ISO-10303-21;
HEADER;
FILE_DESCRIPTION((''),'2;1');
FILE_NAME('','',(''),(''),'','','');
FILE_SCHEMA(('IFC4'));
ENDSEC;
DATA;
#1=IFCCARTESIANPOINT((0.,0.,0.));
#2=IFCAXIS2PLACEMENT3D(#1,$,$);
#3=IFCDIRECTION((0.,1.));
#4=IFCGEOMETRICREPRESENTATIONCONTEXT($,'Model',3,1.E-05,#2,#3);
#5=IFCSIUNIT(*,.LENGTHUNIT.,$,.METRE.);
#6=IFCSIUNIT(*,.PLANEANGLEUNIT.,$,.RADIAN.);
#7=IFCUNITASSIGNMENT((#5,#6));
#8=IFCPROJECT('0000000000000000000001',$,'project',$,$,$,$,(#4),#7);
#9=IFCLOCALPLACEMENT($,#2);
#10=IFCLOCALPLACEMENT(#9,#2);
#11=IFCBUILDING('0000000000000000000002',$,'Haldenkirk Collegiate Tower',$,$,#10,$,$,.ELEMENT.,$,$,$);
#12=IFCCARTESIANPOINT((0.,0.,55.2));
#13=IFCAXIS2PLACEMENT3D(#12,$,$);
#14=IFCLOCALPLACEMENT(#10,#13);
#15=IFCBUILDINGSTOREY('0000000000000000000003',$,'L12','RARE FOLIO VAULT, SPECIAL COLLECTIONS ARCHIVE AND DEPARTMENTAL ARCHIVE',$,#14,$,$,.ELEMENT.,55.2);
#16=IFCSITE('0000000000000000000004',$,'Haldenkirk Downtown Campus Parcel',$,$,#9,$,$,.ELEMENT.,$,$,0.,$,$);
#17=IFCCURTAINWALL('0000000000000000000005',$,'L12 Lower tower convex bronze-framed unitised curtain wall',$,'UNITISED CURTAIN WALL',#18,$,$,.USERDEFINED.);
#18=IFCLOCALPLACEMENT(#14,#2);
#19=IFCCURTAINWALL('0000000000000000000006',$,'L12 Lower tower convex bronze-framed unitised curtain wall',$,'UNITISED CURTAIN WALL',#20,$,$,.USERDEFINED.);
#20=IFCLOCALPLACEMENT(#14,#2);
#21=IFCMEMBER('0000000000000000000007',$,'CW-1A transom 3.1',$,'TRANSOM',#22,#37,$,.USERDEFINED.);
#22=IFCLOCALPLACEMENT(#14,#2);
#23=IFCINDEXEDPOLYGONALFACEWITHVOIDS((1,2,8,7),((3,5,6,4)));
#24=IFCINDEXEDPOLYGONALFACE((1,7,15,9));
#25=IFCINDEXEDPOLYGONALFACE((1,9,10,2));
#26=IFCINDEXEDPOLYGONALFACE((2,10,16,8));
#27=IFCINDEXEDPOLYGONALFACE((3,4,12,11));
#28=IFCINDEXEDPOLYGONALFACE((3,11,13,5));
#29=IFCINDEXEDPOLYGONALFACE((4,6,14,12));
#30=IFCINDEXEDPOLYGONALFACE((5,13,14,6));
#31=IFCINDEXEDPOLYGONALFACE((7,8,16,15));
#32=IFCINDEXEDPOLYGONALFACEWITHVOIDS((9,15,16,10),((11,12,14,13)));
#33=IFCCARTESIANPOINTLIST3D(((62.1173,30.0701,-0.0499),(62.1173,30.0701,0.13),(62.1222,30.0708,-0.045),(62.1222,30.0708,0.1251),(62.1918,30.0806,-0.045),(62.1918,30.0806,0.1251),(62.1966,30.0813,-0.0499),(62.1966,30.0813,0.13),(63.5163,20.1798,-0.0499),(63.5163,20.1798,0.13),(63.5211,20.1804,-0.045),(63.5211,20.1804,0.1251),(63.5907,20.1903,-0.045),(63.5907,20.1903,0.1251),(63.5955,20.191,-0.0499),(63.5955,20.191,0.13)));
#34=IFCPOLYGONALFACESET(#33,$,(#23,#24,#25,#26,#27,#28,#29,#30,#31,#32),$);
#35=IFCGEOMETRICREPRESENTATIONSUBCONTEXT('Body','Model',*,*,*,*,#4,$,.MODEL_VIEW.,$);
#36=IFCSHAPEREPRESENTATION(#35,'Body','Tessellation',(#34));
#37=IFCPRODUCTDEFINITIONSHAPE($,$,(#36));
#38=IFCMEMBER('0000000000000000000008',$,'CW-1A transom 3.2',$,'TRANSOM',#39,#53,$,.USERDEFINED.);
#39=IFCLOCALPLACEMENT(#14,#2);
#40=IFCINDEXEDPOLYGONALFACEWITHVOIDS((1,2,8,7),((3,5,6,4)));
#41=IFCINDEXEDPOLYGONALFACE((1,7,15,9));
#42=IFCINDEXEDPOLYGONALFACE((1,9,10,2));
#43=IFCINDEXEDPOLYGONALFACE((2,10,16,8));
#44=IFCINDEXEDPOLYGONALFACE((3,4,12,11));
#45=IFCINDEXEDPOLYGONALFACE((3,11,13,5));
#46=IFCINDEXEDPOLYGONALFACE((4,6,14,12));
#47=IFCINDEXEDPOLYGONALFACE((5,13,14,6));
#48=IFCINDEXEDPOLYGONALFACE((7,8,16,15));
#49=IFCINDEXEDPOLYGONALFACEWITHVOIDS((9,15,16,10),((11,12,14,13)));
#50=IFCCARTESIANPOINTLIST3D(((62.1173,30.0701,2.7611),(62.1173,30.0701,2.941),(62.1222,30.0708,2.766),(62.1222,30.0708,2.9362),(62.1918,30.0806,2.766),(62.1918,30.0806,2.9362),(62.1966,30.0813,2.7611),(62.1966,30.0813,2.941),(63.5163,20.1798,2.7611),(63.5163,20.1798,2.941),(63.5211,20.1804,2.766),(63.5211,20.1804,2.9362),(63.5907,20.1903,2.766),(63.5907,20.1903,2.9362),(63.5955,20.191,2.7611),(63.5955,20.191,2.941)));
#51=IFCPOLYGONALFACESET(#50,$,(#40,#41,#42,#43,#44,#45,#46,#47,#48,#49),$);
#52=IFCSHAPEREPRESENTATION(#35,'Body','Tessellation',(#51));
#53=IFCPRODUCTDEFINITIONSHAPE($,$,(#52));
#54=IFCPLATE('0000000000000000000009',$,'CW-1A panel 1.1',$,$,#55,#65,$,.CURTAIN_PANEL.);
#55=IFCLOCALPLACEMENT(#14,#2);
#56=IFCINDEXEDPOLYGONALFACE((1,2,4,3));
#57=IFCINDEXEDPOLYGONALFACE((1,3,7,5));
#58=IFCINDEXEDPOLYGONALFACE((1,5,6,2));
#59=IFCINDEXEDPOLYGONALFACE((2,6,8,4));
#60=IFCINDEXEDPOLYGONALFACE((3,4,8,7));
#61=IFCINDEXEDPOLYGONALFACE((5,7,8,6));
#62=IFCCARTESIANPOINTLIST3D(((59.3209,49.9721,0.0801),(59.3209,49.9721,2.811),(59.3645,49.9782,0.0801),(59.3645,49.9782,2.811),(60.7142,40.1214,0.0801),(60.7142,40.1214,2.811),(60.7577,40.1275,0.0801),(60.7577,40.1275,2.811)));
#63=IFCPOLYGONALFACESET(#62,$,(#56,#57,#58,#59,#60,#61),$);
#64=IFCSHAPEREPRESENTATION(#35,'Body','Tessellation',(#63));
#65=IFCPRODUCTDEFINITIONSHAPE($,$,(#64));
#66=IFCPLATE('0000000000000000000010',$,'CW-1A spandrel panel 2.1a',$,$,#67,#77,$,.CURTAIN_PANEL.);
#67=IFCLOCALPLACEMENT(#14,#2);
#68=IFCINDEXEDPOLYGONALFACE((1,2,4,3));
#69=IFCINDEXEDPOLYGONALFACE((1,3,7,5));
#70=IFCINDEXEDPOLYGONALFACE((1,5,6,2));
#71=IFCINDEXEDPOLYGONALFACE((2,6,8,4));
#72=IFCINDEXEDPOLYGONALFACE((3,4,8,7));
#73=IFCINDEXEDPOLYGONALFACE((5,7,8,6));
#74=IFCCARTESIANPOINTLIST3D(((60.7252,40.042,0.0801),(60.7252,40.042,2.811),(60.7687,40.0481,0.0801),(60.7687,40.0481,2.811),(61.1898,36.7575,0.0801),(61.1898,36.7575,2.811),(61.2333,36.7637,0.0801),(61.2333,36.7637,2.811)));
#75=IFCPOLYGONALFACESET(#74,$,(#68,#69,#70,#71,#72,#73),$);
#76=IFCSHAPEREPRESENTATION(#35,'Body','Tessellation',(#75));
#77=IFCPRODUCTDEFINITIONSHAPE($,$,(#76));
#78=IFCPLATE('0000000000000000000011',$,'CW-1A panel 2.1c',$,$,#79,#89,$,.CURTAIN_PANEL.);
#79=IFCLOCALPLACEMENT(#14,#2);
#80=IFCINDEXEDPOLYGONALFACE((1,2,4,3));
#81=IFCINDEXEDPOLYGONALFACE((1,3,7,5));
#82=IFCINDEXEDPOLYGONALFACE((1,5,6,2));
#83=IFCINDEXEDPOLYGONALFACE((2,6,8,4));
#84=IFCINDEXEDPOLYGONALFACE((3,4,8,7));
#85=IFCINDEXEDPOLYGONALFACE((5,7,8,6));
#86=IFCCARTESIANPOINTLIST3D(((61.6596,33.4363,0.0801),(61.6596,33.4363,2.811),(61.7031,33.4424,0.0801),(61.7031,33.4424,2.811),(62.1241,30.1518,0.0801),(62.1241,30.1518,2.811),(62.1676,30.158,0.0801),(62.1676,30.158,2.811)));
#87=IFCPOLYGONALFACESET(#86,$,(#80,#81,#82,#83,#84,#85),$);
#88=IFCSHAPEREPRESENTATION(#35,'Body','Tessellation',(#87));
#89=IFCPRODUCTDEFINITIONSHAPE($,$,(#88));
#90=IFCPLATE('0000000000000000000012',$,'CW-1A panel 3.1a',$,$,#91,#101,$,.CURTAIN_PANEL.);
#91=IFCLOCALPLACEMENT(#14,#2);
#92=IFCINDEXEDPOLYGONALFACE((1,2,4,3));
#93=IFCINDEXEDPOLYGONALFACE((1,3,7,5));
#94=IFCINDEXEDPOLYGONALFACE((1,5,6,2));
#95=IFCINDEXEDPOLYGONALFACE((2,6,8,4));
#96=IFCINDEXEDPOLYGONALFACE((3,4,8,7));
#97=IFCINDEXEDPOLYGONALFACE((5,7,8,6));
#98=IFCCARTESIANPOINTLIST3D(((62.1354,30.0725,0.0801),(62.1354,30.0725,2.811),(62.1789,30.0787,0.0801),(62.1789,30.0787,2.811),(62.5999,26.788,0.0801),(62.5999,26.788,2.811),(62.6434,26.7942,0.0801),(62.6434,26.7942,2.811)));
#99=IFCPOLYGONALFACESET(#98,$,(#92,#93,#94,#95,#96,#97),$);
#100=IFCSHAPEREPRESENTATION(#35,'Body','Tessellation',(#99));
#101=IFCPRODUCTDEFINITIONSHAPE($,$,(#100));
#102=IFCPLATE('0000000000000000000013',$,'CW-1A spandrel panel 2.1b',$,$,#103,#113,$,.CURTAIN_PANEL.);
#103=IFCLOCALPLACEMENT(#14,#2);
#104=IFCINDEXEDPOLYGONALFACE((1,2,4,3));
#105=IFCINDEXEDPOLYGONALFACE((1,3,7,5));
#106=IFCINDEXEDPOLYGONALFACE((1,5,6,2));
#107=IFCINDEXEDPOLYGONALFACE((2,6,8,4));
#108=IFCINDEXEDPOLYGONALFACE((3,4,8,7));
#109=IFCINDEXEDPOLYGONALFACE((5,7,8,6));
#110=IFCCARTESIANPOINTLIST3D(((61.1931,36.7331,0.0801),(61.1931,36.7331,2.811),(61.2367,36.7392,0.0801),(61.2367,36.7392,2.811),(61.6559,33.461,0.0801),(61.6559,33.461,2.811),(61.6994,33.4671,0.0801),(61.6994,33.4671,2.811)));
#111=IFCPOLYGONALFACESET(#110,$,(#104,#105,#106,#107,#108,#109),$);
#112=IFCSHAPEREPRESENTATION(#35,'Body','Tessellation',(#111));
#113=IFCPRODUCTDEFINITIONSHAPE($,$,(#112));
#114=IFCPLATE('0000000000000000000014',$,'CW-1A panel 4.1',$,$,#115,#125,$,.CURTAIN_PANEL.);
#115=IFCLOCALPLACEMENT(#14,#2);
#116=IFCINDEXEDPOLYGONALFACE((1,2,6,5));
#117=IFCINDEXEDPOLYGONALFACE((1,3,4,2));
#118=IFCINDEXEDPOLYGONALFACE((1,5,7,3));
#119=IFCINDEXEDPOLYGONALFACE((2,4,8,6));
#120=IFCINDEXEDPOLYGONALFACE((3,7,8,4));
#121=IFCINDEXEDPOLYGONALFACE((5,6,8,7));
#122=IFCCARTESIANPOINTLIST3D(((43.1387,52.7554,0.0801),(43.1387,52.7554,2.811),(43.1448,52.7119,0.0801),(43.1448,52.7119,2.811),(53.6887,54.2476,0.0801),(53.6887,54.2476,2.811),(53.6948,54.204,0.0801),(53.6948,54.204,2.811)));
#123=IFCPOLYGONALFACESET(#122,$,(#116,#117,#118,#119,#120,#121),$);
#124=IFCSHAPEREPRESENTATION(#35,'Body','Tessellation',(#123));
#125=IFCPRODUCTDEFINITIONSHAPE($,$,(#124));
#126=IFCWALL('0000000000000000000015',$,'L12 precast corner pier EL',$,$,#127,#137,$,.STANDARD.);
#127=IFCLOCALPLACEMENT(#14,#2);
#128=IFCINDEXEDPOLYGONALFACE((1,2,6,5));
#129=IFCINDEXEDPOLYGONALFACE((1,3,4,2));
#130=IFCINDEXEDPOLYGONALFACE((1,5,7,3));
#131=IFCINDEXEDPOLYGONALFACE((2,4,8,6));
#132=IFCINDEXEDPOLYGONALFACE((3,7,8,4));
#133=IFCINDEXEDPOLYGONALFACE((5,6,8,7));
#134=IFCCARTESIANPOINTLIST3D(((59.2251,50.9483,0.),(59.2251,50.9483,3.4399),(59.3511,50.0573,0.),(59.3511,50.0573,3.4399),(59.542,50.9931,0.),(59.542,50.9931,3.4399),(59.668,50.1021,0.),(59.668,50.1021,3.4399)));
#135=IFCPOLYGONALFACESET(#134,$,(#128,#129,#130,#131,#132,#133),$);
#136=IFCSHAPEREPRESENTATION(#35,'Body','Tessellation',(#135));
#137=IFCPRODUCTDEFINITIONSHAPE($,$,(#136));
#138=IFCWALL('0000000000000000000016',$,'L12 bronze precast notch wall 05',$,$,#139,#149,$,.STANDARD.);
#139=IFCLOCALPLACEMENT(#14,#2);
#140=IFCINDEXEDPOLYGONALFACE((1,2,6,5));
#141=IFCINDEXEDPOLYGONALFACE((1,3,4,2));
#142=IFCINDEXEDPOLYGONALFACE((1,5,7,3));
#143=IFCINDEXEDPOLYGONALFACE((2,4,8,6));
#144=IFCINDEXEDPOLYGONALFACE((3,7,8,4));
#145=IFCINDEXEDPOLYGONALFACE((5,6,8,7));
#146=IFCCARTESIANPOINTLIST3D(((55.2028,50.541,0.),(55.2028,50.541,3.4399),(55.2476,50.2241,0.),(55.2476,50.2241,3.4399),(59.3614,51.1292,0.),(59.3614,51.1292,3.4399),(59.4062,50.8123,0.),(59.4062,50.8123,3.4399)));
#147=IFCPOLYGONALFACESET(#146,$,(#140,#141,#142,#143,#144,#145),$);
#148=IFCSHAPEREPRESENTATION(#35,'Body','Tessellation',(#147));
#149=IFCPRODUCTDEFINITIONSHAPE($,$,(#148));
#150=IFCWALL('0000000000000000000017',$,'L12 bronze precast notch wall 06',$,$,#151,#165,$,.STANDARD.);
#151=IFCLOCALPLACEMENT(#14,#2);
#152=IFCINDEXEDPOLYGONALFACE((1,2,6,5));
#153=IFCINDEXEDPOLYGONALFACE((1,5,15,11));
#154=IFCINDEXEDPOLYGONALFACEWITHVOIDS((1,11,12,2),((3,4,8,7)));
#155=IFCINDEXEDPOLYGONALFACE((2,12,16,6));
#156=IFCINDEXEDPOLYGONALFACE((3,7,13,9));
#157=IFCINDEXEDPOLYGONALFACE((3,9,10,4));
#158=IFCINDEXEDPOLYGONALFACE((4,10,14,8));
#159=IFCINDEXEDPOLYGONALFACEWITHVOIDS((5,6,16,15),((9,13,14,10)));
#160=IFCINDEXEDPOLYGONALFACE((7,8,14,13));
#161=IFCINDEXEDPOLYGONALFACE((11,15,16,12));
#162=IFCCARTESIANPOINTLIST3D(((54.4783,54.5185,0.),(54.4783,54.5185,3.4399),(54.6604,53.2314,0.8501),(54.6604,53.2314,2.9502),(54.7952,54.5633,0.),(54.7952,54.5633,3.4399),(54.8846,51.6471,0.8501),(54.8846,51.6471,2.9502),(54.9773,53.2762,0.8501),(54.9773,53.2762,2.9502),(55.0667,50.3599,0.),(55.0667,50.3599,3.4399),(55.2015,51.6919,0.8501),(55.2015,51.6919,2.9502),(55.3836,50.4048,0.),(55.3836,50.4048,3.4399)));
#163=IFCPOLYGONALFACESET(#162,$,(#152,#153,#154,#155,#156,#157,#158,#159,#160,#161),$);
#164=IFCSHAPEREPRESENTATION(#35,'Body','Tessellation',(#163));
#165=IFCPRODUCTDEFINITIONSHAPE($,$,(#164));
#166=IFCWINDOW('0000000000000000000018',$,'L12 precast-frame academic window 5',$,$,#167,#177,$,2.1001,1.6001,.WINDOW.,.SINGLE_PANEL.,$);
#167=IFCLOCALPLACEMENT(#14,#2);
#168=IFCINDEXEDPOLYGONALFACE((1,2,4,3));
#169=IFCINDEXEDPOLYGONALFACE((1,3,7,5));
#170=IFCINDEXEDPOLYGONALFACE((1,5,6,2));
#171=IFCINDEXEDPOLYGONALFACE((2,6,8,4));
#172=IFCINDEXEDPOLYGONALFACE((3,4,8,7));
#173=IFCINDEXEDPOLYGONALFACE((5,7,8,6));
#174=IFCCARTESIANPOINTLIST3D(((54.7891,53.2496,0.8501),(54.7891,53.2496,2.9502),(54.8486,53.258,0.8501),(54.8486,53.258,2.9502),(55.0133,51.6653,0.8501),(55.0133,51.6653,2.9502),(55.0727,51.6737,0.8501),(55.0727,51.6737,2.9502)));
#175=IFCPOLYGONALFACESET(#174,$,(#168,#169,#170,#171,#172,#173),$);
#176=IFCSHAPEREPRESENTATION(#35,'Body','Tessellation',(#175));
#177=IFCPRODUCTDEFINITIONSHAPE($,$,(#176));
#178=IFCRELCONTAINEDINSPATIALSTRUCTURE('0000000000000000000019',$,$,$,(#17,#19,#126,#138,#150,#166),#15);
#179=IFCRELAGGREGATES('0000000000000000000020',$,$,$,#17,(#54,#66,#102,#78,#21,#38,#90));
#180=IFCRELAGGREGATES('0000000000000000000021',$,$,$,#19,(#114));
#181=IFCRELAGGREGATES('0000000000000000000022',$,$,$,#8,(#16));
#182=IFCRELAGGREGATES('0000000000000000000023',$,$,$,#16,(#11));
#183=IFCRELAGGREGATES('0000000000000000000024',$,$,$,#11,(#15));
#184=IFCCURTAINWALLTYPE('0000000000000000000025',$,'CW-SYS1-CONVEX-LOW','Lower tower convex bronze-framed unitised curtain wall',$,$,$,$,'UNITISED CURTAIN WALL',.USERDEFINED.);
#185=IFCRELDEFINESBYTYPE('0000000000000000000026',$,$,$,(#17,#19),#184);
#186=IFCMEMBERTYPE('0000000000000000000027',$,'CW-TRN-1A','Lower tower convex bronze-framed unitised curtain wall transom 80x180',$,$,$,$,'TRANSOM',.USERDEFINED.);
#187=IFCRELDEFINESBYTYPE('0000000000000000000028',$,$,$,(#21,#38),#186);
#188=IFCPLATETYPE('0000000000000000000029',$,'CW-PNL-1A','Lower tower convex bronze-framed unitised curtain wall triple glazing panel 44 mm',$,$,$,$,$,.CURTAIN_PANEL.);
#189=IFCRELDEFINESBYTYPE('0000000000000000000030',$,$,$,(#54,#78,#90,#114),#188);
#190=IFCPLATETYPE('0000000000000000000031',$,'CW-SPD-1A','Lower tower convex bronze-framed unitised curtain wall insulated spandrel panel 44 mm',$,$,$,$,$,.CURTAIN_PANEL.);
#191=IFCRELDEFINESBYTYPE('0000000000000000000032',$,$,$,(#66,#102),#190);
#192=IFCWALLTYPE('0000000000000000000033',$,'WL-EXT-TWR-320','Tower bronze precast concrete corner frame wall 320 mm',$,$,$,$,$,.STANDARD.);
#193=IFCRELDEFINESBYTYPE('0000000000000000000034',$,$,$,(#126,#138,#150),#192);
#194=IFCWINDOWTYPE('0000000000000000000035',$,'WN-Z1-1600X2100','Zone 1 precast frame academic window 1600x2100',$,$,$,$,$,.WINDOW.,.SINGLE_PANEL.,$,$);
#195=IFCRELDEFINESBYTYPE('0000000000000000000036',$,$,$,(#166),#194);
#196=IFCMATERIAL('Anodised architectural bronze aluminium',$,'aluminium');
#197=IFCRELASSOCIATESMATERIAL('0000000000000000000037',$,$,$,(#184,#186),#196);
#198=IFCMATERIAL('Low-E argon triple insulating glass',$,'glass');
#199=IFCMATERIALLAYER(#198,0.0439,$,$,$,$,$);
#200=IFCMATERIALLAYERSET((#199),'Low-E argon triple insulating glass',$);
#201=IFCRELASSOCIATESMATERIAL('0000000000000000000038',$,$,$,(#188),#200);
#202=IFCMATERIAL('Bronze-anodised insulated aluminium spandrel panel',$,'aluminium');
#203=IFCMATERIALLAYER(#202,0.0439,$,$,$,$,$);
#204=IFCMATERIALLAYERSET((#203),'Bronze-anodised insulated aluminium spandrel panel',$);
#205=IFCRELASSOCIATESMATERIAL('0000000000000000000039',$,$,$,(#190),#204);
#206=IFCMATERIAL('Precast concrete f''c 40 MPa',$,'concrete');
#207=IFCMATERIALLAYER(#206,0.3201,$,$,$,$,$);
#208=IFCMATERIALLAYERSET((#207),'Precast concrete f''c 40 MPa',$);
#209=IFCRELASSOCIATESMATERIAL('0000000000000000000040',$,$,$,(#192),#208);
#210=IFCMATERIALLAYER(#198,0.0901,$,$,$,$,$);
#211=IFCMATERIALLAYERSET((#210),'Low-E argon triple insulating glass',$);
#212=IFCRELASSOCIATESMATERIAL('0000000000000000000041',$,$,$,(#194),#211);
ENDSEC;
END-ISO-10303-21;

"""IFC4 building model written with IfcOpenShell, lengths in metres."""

from ifc_helpers import new_model, si_unit, direction, frame, frame_2d, origin, origin_2d, place, context, subcontext, project, spatial, rectangle, hollow_rectangle, extrude, source, transform, mapped, material, layer, layer_set, material_profile, profile_set, type_object, element, fill, aggregate, save


model = new_model("IFC4")

# Units and contexts
model_context = context("Model", 3, precision=1e-05, world=origin(), true_north=direction((0.0, 1.0)))
body_context = subcontext(model_context, "Body", "Model", "MODEL_VIEW")
ifc_project = project(units=[si_unit("LENGTHUNIT", "METRE"), si_unit("PLANEANGLEUNIT", "RADIAN")], contexts=[model_context])

# Site, building, storey
site_placement = place(None, origin())
site = spatial("IfcSite", under=ifc_project, at=site_placement, Name="Haldenkirk Downtown Campus Parcel", CompositionType="ELEMENT", RefElevation=0.0)
building_placement = place(site_placement, origin())
building = spatial("IfcBuilding", under=site, at=building_placement, Name="Haldenkirk Collegiate Tower", CompositionType="ELEMENT")
storey_placement = place(building_placement, frame((0.0, 0.0, 55.2)))
storey = spatial("IfcBuildingStorey", under=building, at=storey_placement, Name="L12", Description="RARE FOLIO VAULT, SPECIAL COLLECTIONS ARCHIVE AND DEPARTMENTAL ARCHIVE", CompositionType="ELEMENT", Elevation=55.2)

# Curtain wall
ifc_material_1 = material(Name="Anodised architectural bronze aluminium", Category="aluminium")
curtain_wall_type = type_object("IfcCurtainWallType", Name="CW-SYS1-CONVEX-LOW", Description="Lower tower convex bronze-framed unitised curtain wall", ElementType="UNITISED CURTAIN WALL", PredefinedType="USERDEFINED", material=ifc_material_1)
curtain_wall_1_placement = place(storey_placement, origin())
curtain_wall_1 = element("IfcCurtainWall", 1, at=curtain_wall_1_placement, inside=storey, type_object=curtain_wall_type, Name="L12 Lower tower convex bronze-framed unitised curtain wall", ObjectType="UNITISED CURTAIN WALL", PredefinedType="USERDEFINED")

# Curtain wall
curtain_wall_2_placement = place(storey_placement, origin())
curtain_wall_2 = element("IfcCurtainWall", 2, at=curtain_wall_2_placement, inside=storey, type_object=curtain_wall_type, Name="L12 Lower tower convex bronze-framed unitised curtain wall", ObjectType="UNITISED CURTAIN WALL", PredefinedType="USERDEFINED")

# Members
ifc_material_profile_1 = material_profile(ifc_material_1, hollow_rectangle(XDim=0.0801, YDim=0.1799, WallThickness=0.0049, at=origin_2d()), Name="CW-TRN-1A")
ifc_profile_set_1 = profile_set([ifc_material_profile_1], Name="Anodised architectural bronze aluminium")
member_type_1 = type_object("IfcMemberType", Name="CW-TRN-1A", Description="Lower tower convex bronze-framed unitised curtain wall transom 80x180", ElementType="TRANSOM", PredefinedType="USERDEFINED", material=ifc_profile_set_1)
member_1_placement = place(storey_placement, frame((62.157, 30.0757, 0.04), z_axis=(0.140049, -0.990145, 0.0), x_axis=(0.990145, 0.140049, 0.0)))
member_1 = element("IfcMember", 3, at=member_1_placement, type_object=member_type_1, Name="CW-1A transom 3.1", ObjectType="TRANSOM", PredefinedType="USERDEFINED", context=body_context, shape_type="SweptSolid", body=[
    extrude(hollow_rectangle(XDim=0.0801, YDim=0.1799, WallThickness=0.0049, at=origin_2d()), origin(), (0.0, 0.0, 1.0), 9.9888),
])
member_2_placement = place(storey_placement, frame((62.157, 30.0757, 2.8511), z_axis=(0.140049, -0.990145, 0.0), x_axis=(0.990145, 0.140049, 0.0)))
member_2 = element("IfcMember", 4, at=member_2_placement, type_object=member_type_1, Name="CW-1A transom 3.2", ObjectType="TRANSOM", PredefinedType="USERDEFINED", context=body_context, shape_type="SweptSolid", body=[
    extrude(hollow_rectangle(XDim=0.0801, YDim=0.1799, WallThickness=0.0049, at=origin_2d()), origin(), (0.0, 0.0, 1.0), 9.9888),
])

# Plates
ifc_material_2 = material(Name="Low-E argon triple insulating glass", Category="glass")
ifc_layer_1 = layer(ifc_material_2, 0.0439)
ifc_layer_set_1 = layer_set([ifc_layer_1], Name="Low-E argon triple insulating glass")
plate_type_1 = type_object("IfcPlateType", Name="CW-PNL-1A", Description="Lower tower convex bronze-framed unitised curtain wall triple glazing panel 44 mm", PredefinedType="CURTAIN_PANEL", material=ifc_layer_set_1)
shared_shape_1 = source(origin(), body_context, "Body", "SweptSolid", [
    extrude(rectangle(XDim=9.9487, YDim=0.0439, at=origin_2d()), origin(), (0.0, 0.0, 1.0), 2.731),
])
plate_1_placement = place(storey_placement, frame((60.0393, 45.0498, 0.0801), z_axis=(0.0, 0.0, 1.0), x_axis=(0.140039, -0.990146, 0.0)))
plate_1 = element("IfcPlate", 5, at=plate_1_placement, type_object=plate_type_1, Name="CW-1A panel 1.1", PredefinedType="CURTAIN_PANEL", context=body_context, shape_type="MappedRepresentation", body=[
    mapped(shared_shape_1, transform((0.0, 0.0, 0.0), x_axis=(1.0, 0.0, 0.0), y_axis=(0.0, 1.0, 0.0), z_axis=(0.0, 0.0, 1.0), scale=1.0)),
])
ifc_material_3 = material(Name="Bronze-anodised insulated aluminium spandrel panel", Category="aluminium")
ifc_layer_2 = layer(ifc_material_3, 0.0439)
ifc_layer_set_2 = layer_set([ifc_layer_2], Name="Bronze-anodised insulated aluminium spandrel panel")
plate_type_2 = type_object("IfcPlateType", Name="CW-SPD-1A", Description="Lower tower convex bronze-framed unitised curtain wall insulated spandrel panel 44 mm", PredefinedType="CURTAIN_PANEL", material=ifc_layer_set_2)
shared_shape_2 = source(origin(), body_context, "Body", "SweptSolid", [
    extrude(rectangle(XDim=3.3171, YDim=0.0439, at=origin_2d()), origin(), (0.0, 0.0, 1.0), 2.731),
])
plate_2_placement = place(storey_placement, frame((60.9792, 38.4028, 0.0801), z_axis=(0.0, 0.0, 1.0), x_axis=(0.140039, -0.990146, 0.0)))
plate_2 = element("IfcPlate", 6, at=plate_2_placement, type_object=plate_type_2, Name="CW-1A spandrel panel 2.1a", PredefinedType="CURTAIN_PANEL", context=body_context, shape_type="MappedRepresentation", body=[
    mapped(shared_shape_2, transform((0.0, 0.0, 0.0), x_axis=(1.0, 0.0, 0.0), y_axis=(0.0, 1.0, 0.0), z_axis=(0.0, 0.0, 1.0), scale=1.0)),
])
plate_3_placement = place(storey_placement, frame((61.9136, 31.7971, 0.0801), z_axis=(0.0, 0.0, 1.0), x_axis=(0.140039, -0.990146, 0.0)))
plate_3 = element("IfcPlate", 7, at=plate_3_placement, type_object=plate_type_1, Name="CW-1A panel 2.1c", PredefinedType="CURTAIN_PANEL", context=body_context, shape_type="MappedRepresentation", body=[
    mapped(shared_shape_2, transform((0.0, 0.0, 0.0), x_axis=(1.0, 0.0, 0.0), y_axis=(0.0, 1.0, 0.0), z_axis=(0.0, 0.0, 1.0), scale=1.0)),
])
plate_4_placement = place(storey_placement, frame((62.3894, 28.4333, 0.0801), z_axis=(0.0, 0.0, 1.0), x_axis=(0.140039, -0.990146, 0.0)))
plate_4 = element("IfcPlate", 8, at=plate_4_placement, type_object=plate_type_1, Name="CW-1A panel 3.1a", PredefinedType="CURTAIN_PANEL", context=body_context, shape_type="MappedRepresentation", body=[
    mapped(shared_shape_2, transform((0.0, 0.0, 0.0), x_axis=(1.0, 0.0, 0.0), y_axis=(0.0, 1.0, 0.0), z_axis=(0.0, 0.0, 1.0), scale=1.0)),
])
shared_shape_3 = source(origin(), body_context, "Body", "SweptSolid", [
    extrude(rectangle(XDim=3.3047, YDim=0.0439, at=origin_2d()), origin(), (0.0, 0.0, 1.0), 2.731),
])
plate_5_placement = place(storey_placement, frame((61.4463, 35.1001, 0.0801), z_axis=(0.0, 0.0, 1.0), x_axis=(0.140039, -0.990146, 0.0)))
plate_5 = element("IfcPlate", 9, at=plate_5_placement, type_object=plate_type_2, Name="CW-1A spandrel panel 2.1b", PredefinedType="CURTAIN_PANEL", context=body_context, shape_type="MappedRepresentation", body=[
    mapped(shared_shape_3, transform((0.0, 0.0, 0.0), x_axis=(1.0, 0.0, 0.0), y_axis=(0.0, 1.0, 0.0), z_axis=(0.0, 0.0, 1.0), scale=1.0)),
])
aggregate(curtain_wall_1, [plate_1, plate_2, plate_5, plate_3, member_1, member_2, plate_4])
shared_shape_4 = source(origin(), body_context, "Body", "SweptSolid", [
    extrude(rectangle(XDim=10.655, YDim=0.0439, at=origin_2d()), origin(), (0.0, 0.0, 1.0), 2.731),
])
plate_6_placement = place(storey_placement, frame((48.4167, 53.4797, 0.0801), z_axis=(0.0, 0.0, 1.0), x_axis=(0.990146, 0.140039, 0.0)))
plate_6 = element("IfcPlate", 10, at=plate_6_placement, type_object=plate_type_1, Name="CW-1A panel 4.1", PredefinedType="CURTAIN_PANEL", context=body_context, shape_type="MappedRepresentation", body=[
    mapped(shared_shape_4, transform((0.0, 0.0, 0.0), x_axis=(1.0, 0.0, 0.0), y_axis=(0.0, 1.0, 0.0), z_axis=(0.0, 0.0, 1.0), scale=1.0)),
])
aggregate(curtain_wall_2, [plate_6])

# Walls
ifc_material_4 = material(Name="Precast concrete f'c 40 MPa", Category="concrete")
ifc_layer_3 = layer(ifc_material_4, 0.3201)
ifc_layer_set_3 = layer_set([ifc_layer_3], Name="Precast concrete f'c 40 MPa")
wall_type_1 = type_object("IfcWallType", Name="WL-EXT-TWR-320", Description="Tower bronze precast concrete corner frame wall 320 mm", PredefinedType="STANDARD", material=ifc_layer_set_3)
wall_1_placement = place(storey_placement, frame((59.3835, 50.9707, 0.0), z_axis=(0.0, 0.0, 1.0), x_axis=(0.139978, -0.990155, 0.0)))
element("IfcWall", 11, at=wall_1_placement, inside=storey, type_object=wall_type_1, Name="L12 precast corner pier EL", PredefinedType="STANDARD", context=body_context, shape_type="SweptSolid", body=[
    extrude(rectangle(XDim=0.8999, YDim=0.3201, at=frame_2d((0.45, 0.0))), origin(), (0.0, 0.0, 1.0), 3.4399),
])
wall_2_placement = place(storey_placement, frame((55.2251, 50.3826, 0.0), z_axis=(0.0, 0.0, 1.0), x_axis=(0.990146, 0.140038, 0.0)))
element("IfcWall", 12, at=wall_2_placement, inside=storey, type_object=wall_type_1, Name="L12 bronze precast notch wall 05", PredefinedType="STANDARD", context=body_context, shape_type="SweptSolid", body=[
    extrude(rectangle(XDim=4.2, YDim=0.3201, at=frame_2d((2.1001, 0.0))), origin(), (0.0, 0.0, 1.0), 3.4399),
])

# Wall, opening, window
wall_3_placement = place(storey_placement, frame((54.6367, 54.541, 0.0), z_axis=(0.0, 0.0, 1.0), x_axis=(0.140095, -0.990138, 0.0)))
wall_3 = element("IfcWall", 13, at=wall_3_placement, inside=storey, type_object=wall_type_1, Name="L12 bronze precast notch wall 06", PredefinedType="STANDARD", context=body_context, shape_type="SweptSolid", body=[
    extrude(rectangle(XDim=4.2, YDim=0.3201, at=frame_2d((2.1001, 0.0))), origin(), (0.0, 0.0, 1.0), 3.4399),
])
opening_1_placement = place(wall_3_placement, frame((1.3, 0.0, 0.8501)))
opening_1 = element("IfcOpeningElement", 14, at=opening_1_placement, cuts=wall_3, PredefinedType="OPENING", context=body_context, shape_type="SweptSolid", body=[
    extrude(rectangle(XDim=1.6001, YDim=2.1001, at=frame_2d((0.8, 1.05))), frame((0.0, 0.1699, 0.0), z_axis=(0.0, -1.0, 0.0), x_axis=(1.0, 0.0, 0.0)), (0.0, 0.0, 1.0), 0.3401),
])
ifc_layer_4 = layer(ifc_material_2, 0.0901)
ifc_layer_set_4 = layer_set([ifc_layer_4], Name="Low-E argon triple insulating glass")
window_type = type_object("IfcWindowType", Name="WN-Z1-1600X2100", Description="Zone 1 precast frame academic window 1600x2100", PartitioningType="SINGLE_PANEL", PredefinedType="WINDOW", material=ifc_layer_set_4)
window_placement = place(opening_1_placement, origin())
window = element("IfcWindow", 15, at=window_placement, inside=storey, type_object=window_type, Name="L12 precast-frame academic window 5", OverallHeight=2.1001, OverallWidth=1.6001, PartitioningType="SINGLE_PANEL", PredefinedType="WINDOW", context=body_context, shape_type="SweptSolid", body=[
    extrude(rectangle(XDim=1.6001, YDim=2.1001, at=frame_2d((0.8, 1.05))), frame((0.0, 0.03, 0.0), z_axis=(0.0, -1.0, 0.0), x_axis=(1.0, 0.0, 0.0)), (0.0, 0.0, 1.0), 0.0601),
])
fill(opening_1, window)

save(model, "model.ifc")
